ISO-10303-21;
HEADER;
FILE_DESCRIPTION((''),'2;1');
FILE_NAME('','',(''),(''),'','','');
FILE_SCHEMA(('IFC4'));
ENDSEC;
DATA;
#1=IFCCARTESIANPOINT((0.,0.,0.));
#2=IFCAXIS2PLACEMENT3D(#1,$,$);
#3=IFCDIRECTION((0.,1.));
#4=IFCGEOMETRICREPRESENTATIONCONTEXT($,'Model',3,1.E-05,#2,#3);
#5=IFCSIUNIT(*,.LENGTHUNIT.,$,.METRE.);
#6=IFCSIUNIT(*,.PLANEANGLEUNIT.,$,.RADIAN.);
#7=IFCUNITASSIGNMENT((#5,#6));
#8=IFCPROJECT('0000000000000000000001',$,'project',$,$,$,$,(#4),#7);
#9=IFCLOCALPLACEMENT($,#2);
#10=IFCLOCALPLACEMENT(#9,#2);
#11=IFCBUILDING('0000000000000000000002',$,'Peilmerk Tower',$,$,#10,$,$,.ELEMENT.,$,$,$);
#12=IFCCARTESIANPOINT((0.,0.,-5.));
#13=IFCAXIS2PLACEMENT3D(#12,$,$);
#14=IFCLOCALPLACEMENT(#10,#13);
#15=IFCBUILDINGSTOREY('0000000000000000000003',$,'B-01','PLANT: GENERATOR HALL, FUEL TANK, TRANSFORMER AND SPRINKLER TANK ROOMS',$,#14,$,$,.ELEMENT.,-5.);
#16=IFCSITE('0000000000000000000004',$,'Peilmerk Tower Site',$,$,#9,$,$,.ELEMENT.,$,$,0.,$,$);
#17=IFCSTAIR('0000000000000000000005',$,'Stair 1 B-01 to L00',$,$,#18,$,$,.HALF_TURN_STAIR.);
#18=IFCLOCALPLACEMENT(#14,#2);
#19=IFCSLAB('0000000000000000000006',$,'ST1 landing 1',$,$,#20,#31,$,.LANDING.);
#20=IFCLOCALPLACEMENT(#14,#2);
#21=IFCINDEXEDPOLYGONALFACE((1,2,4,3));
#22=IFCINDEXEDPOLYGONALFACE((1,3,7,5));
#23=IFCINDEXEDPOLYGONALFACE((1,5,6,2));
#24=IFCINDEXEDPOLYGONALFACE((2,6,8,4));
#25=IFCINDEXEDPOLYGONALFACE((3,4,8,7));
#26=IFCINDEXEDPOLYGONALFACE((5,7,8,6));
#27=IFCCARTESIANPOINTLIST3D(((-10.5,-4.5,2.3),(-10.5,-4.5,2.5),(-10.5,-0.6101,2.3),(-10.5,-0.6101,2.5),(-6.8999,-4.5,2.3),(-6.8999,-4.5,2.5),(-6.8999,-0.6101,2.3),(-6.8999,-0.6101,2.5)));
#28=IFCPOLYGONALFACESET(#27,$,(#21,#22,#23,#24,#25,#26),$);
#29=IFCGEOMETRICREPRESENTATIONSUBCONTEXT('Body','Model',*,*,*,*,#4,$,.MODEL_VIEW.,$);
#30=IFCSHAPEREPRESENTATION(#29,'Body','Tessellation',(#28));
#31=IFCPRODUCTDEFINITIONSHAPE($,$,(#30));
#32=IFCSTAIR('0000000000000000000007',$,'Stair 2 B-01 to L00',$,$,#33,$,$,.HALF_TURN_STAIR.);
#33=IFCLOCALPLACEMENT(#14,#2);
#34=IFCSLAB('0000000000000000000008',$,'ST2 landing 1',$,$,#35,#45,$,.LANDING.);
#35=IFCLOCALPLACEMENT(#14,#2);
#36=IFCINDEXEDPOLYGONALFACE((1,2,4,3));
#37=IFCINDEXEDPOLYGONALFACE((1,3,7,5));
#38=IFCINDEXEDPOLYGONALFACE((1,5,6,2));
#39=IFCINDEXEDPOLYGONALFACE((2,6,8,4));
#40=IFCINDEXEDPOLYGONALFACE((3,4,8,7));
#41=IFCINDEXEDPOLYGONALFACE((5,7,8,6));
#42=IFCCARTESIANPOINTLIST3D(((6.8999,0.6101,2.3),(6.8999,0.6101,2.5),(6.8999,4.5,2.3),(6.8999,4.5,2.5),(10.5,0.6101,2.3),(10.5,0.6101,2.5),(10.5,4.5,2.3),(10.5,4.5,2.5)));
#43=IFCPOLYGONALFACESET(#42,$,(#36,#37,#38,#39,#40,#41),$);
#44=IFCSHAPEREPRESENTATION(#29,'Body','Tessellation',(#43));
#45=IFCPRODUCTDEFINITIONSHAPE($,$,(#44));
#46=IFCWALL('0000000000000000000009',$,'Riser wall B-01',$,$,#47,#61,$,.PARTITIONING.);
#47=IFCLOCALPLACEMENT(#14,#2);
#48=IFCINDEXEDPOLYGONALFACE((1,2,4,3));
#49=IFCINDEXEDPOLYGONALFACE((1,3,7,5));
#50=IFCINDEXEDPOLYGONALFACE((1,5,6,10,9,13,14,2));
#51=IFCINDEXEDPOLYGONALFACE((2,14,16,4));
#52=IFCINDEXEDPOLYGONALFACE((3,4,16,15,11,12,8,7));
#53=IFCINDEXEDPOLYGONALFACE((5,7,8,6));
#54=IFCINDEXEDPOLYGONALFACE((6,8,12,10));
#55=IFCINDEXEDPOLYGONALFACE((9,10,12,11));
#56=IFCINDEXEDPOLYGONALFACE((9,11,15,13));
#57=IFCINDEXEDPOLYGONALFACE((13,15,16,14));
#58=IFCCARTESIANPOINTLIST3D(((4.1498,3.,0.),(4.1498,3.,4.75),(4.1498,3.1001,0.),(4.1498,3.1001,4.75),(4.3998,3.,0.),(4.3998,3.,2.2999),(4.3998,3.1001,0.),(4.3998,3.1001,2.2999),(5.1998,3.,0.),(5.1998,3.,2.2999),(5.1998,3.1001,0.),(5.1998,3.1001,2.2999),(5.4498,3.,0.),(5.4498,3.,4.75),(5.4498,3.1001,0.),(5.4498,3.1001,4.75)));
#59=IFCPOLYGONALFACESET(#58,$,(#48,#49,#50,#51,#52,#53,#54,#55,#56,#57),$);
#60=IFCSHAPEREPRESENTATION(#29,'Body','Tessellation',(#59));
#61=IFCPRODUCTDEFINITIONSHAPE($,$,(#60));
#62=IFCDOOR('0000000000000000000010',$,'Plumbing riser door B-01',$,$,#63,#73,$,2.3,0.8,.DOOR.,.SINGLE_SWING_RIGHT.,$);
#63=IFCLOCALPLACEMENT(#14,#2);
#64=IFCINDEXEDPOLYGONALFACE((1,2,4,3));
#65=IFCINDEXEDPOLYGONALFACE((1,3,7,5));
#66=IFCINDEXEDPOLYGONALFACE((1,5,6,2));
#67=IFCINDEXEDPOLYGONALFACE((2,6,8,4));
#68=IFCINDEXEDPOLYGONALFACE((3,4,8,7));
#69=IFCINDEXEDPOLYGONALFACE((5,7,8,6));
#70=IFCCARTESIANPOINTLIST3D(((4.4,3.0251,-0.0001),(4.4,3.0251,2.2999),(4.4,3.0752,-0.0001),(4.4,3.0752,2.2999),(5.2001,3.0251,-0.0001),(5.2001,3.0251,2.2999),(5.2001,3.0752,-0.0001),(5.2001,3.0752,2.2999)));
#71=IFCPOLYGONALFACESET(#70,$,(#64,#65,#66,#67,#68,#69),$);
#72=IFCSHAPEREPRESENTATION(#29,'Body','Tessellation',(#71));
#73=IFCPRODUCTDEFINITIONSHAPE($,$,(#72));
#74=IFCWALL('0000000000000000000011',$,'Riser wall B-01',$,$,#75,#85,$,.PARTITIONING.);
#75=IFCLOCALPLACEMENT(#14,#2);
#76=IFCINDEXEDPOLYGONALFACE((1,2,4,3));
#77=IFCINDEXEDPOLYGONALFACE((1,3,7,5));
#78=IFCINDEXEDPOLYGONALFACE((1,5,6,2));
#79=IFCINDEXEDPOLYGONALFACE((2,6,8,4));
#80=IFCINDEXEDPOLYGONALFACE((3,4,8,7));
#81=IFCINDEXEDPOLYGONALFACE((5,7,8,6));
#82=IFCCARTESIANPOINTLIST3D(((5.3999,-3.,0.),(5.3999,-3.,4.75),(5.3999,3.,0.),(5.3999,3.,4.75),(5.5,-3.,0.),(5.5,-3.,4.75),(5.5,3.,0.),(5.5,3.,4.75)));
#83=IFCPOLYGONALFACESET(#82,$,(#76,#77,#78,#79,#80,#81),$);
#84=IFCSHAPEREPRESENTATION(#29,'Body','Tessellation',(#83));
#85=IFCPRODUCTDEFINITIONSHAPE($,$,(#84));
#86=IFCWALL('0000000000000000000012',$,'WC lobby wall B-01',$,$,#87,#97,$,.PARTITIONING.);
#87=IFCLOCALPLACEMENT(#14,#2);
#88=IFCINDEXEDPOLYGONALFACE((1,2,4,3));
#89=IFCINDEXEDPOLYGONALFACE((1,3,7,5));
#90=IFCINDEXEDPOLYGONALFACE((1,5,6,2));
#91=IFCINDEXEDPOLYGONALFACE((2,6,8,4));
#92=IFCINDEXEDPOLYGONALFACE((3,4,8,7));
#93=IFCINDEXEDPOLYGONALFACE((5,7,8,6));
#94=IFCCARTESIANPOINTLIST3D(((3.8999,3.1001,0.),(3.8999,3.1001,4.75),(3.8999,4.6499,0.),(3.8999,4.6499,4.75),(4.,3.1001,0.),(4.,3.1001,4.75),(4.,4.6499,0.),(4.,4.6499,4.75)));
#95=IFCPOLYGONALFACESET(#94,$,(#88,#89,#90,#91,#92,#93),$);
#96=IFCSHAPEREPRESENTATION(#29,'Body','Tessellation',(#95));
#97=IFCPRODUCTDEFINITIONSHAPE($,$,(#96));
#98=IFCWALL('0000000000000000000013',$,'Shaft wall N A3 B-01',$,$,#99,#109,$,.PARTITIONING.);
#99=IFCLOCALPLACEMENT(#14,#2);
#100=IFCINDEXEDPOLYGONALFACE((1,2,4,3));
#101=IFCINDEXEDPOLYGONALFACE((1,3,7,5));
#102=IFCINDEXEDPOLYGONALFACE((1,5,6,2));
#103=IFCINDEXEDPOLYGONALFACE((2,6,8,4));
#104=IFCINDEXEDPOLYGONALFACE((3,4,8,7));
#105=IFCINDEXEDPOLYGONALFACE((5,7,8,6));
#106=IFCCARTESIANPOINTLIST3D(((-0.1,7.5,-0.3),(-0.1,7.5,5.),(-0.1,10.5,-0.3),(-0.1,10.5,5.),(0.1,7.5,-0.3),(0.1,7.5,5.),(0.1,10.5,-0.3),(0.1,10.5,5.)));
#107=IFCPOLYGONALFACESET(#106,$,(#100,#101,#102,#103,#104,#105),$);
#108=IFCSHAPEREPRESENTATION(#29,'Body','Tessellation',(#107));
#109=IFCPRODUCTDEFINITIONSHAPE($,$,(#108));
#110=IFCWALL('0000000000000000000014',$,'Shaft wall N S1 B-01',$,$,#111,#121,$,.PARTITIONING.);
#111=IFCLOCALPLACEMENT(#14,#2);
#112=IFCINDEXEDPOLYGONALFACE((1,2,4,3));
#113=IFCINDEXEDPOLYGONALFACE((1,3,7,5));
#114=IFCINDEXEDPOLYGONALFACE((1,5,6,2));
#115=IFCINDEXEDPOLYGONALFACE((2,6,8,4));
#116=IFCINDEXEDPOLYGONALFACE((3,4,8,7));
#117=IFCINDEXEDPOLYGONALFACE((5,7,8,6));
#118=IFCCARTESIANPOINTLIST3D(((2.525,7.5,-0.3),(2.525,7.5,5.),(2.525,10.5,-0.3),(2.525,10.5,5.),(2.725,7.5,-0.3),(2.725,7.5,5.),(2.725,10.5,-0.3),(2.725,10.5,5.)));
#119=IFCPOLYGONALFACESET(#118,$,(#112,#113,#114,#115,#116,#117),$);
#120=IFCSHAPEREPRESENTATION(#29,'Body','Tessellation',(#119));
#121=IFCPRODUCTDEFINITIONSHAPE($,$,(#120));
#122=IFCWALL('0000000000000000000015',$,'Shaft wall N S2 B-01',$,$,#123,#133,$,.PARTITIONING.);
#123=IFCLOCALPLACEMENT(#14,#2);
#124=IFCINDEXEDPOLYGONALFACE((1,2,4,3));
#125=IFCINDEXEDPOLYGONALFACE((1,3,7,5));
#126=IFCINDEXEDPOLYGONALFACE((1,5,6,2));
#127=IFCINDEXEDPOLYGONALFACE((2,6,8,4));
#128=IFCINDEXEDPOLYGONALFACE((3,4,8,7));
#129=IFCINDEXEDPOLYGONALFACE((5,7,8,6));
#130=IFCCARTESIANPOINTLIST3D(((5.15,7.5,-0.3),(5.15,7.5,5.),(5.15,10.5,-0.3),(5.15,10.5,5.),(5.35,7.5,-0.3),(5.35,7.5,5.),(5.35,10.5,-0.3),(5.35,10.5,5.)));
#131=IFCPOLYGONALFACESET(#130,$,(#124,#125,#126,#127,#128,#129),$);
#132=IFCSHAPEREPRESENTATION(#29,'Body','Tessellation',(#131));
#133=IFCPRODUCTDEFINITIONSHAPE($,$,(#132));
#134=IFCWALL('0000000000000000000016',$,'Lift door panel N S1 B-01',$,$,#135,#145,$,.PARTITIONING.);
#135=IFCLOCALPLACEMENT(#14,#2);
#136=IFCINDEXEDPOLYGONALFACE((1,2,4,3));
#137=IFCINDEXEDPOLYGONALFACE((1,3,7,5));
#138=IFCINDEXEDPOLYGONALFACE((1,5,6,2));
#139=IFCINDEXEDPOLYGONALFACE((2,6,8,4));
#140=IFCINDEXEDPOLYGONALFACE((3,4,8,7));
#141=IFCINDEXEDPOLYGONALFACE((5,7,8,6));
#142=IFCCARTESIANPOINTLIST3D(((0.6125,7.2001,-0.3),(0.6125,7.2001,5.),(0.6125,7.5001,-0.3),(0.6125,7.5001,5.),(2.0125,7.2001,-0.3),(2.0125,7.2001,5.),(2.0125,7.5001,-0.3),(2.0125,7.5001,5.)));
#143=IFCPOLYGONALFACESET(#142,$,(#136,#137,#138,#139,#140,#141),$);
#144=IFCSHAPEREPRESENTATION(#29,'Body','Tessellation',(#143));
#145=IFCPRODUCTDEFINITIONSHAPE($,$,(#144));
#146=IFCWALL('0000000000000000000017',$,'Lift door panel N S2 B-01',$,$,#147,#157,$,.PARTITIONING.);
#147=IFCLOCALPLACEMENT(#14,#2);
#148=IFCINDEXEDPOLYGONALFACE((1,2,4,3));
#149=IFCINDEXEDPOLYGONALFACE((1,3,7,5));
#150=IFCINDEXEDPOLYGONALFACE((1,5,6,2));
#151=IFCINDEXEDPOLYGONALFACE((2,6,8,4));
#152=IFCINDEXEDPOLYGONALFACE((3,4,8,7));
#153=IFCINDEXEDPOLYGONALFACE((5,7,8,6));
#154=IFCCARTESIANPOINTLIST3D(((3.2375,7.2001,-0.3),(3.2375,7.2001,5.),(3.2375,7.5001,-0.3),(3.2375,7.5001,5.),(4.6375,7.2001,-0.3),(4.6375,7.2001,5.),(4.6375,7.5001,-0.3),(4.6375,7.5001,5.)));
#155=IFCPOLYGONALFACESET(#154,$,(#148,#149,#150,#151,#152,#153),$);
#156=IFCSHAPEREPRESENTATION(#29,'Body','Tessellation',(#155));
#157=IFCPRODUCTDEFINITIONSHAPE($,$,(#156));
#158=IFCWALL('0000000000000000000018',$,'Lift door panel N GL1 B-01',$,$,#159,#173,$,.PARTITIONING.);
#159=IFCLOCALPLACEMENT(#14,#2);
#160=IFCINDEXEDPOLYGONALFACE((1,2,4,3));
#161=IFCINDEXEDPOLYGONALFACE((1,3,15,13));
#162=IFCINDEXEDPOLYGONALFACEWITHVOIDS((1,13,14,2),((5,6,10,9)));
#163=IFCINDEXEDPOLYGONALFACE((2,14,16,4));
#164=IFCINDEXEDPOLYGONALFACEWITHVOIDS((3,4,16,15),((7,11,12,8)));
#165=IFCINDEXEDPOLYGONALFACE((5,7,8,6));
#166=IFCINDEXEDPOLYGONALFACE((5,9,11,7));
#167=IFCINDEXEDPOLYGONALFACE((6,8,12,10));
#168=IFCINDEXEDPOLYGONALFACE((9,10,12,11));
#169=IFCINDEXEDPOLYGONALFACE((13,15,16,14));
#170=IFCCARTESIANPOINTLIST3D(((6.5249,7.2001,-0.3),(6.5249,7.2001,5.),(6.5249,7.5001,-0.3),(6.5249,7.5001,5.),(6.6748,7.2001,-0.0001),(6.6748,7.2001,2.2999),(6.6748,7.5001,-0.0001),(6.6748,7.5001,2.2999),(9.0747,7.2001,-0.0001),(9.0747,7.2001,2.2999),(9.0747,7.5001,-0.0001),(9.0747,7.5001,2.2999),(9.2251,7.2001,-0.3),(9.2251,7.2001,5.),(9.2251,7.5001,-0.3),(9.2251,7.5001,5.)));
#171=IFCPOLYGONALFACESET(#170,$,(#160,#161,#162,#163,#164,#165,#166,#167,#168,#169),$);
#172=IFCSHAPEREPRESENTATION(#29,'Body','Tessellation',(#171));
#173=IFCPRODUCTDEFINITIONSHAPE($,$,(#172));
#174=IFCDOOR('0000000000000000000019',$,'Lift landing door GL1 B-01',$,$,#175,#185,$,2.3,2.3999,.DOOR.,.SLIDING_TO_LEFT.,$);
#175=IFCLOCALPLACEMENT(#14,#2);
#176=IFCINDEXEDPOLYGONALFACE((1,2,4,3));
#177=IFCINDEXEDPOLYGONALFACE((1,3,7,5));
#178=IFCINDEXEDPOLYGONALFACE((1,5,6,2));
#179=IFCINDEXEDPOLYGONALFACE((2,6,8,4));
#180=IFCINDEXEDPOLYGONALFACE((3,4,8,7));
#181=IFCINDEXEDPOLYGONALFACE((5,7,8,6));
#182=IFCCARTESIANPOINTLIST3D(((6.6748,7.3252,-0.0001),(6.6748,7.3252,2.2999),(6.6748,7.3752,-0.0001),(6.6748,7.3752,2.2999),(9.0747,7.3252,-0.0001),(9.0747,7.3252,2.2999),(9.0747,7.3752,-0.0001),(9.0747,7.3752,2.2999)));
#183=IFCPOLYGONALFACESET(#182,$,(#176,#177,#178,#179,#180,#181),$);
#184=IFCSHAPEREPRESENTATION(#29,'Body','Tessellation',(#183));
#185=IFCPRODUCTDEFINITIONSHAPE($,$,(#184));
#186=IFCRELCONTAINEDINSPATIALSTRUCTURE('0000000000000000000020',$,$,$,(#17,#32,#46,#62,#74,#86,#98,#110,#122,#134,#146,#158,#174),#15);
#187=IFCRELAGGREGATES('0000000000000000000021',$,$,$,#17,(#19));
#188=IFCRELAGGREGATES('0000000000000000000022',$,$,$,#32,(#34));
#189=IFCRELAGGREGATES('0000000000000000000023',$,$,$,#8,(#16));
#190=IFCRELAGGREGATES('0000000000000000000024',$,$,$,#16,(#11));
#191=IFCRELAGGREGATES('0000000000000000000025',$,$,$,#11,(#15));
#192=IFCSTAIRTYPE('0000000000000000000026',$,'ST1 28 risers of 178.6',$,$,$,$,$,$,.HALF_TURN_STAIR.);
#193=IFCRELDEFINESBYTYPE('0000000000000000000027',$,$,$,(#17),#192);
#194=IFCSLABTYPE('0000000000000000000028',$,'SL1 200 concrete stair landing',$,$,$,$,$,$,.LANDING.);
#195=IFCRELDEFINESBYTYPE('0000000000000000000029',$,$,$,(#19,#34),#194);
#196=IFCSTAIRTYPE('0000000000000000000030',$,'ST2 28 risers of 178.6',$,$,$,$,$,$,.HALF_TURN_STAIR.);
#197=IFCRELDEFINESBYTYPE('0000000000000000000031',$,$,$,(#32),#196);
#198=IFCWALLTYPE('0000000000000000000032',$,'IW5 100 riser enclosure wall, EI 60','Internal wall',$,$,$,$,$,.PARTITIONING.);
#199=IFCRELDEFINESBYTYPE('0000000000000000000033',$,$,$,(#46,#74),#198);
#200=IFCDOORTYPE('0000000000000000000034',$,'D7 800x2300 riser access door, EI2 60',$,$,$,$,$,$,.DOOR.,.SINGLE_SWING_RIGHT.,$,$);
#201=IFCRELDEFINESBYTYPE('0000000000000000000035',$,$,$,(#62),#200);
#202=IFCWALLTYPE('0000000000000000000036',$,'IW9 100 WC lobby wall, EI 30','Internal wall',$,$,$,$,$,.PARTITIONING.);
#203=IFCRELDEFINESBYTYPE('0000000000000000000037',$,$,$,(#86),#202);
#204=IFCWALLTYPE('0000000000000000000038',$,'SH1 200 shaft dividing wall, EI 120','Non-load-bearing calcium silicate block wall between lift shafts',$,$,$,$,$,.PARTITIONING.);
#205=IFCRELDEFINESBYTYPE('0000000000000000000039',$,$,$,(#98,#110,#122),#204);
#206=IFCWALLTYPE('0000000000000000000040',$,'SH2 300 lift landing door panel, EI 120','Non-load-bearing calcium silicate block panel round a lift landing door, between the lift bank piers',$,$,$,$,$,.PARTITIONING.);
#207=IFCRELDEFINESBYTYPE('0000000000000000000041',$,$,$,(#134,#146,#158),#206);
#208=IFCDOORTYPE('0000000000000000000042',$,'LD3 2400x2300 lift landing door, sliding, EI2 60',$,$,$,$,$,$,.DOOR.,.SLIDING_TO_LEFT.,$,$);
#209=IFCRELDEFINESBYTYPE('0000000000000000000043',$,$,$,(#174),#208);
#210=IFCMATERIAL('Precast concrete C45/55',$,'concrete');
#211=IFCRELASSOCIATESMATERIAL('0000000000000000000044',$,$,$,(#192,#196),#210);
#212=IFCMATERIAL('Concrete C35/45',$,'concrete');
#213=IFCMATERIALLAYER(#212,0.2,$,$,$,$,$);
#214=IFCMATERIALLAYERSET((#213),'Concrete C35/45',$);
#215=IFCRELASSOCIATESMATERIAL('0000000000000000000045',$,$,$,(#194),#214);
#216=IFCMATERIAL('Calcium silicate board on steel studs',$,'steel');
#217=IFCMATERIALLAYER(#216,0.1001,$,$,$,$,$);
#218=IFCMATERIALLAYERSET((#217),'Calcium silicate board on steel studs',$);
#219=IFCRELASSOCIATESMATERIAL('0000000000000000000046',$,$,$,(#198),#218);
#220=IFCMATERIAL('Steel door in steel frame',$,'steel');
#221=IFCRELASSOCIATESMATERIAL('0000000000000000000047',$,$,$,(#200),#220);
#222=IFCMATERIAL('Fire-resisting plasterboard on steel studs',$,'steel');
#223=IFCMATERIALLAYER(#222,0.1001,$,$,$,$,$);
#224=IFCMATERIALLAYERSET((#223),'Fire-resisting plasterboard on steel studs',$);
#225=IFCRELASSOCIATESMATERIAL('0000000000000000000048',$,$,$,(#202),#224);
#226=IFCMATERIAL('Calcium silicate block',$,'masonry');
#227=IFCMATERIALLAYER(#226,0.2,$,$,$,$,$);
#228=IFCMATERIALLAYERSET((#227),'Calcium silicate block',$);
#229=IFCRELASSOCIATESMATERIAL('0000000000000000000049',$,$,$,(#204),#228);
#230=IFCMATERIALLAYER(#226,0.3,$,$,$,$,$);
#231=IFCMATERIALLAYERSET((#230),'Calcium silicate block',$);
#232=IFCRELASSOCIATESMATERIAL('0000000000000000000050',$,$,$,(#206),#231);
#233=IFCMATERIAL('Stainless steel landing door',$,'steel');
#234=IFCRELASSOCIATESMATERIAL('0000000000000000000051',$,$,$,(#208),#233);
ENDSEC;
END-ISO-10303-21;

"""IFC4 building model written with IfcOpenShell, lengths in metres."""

from ifc_helpers import new_model, si_unit, direction, frame, frame_2d, origin, place, context, subcontext, project, spatial, polyline, rectangle, outline, extrude, material, layer, layer_set, type_object, element, fill, aggregate, save


model = new_model("IFC4")

# Units and contexts
model_context = context("Model", 3, precision=1e-05, world=origin(), true_north=direction((0.0, 1.0)))
body_context = subcontext(model_context, "Body", "Model", "MODEL_VIEW")
ifc_project = project(units=[si_unit("LENGTHUNIT", "METRE"), si_unit("PLANEANGLEUNIT", "RADIAN")], contexts=[model_context])

# Site, building, storey
site_placement = place(None, origin())
site = spatial("IfcSite", under=ifc_project, at=site_placement, Name="Peilmerk Tower Site", CompositionType="ELEMENT", RefElevation=0.0)
building_placement = place(site_placement, origin())
building = spatial("IfcBuilding", under=site, at=building_placement, Name="Peilmerk Tower", CompositionType="ELEMENT")
storey_placement = place(building_placement, frame((0.0, 0.0, -5.0)))
storey = spatial("IfcBuildingStorey", under=building, at=storey_placement, Name="B-01", Description="PLANT: GENERATOR HALL, FUEL TANK, TRANSFORMER AND SPRINKLER TANK ROOMS", CompositionType="ELEMENT", Elevation=-5.0)

# Stairs, slabs
ifc_material_1 = material(Name="Precast concrete C45/55", Category="concrete")
stair_type_1 = type_object("IfcStairType", Name="ST1 28 risers of 178.6", PredefinedType="HALF_TURN_STAIR", material=ifc_material_1)
stair_1_placement = place(storey_placement, origin())
stair_1 = element("IfcStair", 1, at=stair_1_placement, inside=storey, type_object=stair_type_1, Name="Stair 1 B-01 to L00", PredefinedType="HALF_TURN_STAIR")
ifc_material_2 = material(Name="Concrete C35/45", Category="concrete")
ifc_layer_1 = layer(ifc_material_2, 0.2)
ifc_layer_set_1 = layer_set([ifc_layer_1], Name="Concrete C35/45")
slab_type_1 = type_object("IfcSlabType", Name="SL1 200 concrete stair landing", PredefinedType="LANDING", material=ifc_layer_set_1)
slab_1_placement = place(storey_placement, frame((0.0, 0.0, 2.3)))
slab_1 = element("IfcSlab", 2, at=slab_1_placement, type_object=slab_type_1, Name="ST1 landing 1", PredefinedType="LANDING", context=body_context, shape_type="SweptSolid", body=[
    extrude(outline(polyline([(-10.5, -4.5), (-6.8999, -4.5), (-6.8999, -0.6101), (-10.5, -0.6101), (-10.5, -4.5)])), origin(), (0.0, 0.0, 1.0), 0.2),
])
aggregate(stair_1, [slab_1])
stair_type_2 = type_object("IfcStairType", Name="ST2 28 risers of 178.6", PredefinedType="HALF_TURN_STAIR", material=ifc_material_1)
stair_2_placement = place(storey_placement, origin())
stair_2 = element("IfcStair", 3, at=stair_2_placement, inside=storey, type_object=stair_type_2, Name="Stair 2 B-01 to L00", PredefinedType="HALF_TURN_STAIR")
slab_2_placement = place(storey_placement, frame((0.0, 0.0, 2.3)))
slab_2 = element("IfcSlab", 4, at=slab_2_placement, type_object=slab_type_1, Name="ST2 landing 1", PredefinedType="LANDING", context=body_context, shape_type="SweptSolid", body=[
    extrude(outline(polyline([(6.8999, 0.6101), (10.5, 0.6101), (10.5, 4.5), (6.8999, 4.5), (6.8999, 0.6101)])), origin(), (0.0, 0.0, 1.0), 0.2),
])
aggregate(stair_2, [slab_2])

# Wall, opening, door
ifc_material_3 = material(Name="Calcium silicate board on steel studs", Category="steel")
ifc_layer_2 = layer(ifc_material_3, 0.1001)
ifc_layer_set_2 = layer_set([ifc_layer_2], Name="Calcium silicate board on steel studs")
wall_type_1 = type_object("IfcWallType", Name="IW5 100 riser enclosure wall, EI 60", Description="Internal wall", PredefinedType="PARTITIONING", material=ifc_layer_set_2)
wall_1_placement = place(storey_placement, frame((4.1499, 3.05, 0.0), z_axis=(0.0, 0.0, 1.0), x_axis=(1.0, 0.0, 0.0)))
wall_1 = element("IfcWall", 5, at=wall_1_placement, inside=storey, type_object=wall_type_1, Name="Riser wall B-01", PredefinedType="PARTITIONING", context=body_context, shape_type="SweptSolid", body=[
    extrude(rectangle(XDim=1.3, YDim=0.1001, at=frame_2d((0.6499, 0.0))), origin(), (0.0, 0.0, 1.0), 4.75),
])
opening_1_placement = place(wall_1_placement, frame((0.25, 0.0, 0.0)))
opening_1 = element("IfcOpeningElement", 6, at=opening_1_placement, cuts=wall_1, PredefinedType="OPENING", context=body_context, shape_type="SweptSolid", body=[
    extrude(rectangle(XDim=0.8, YDim=2.3, at=frame_2d((0.3999, 1.1499))), frame((0.0, 0.0601, 0.0), z_axis=(0.0, -1.0, 0.0), x_axis=(1.0, 0.0, 0.0)), (0.0, 0.0, 1.0), 0.1201),
])
ifc_material_4 = material(Name="Steel door in steel frame", Category="steel")
door_type_1 = type_object("IfcDoorType", Name="D7 800x2300 riser access door, EI2 60", OperationType="SINGLE_SWING_RIGHT", PredefinedType="DOOR", material=ifc_material_4)
door_1_placement = place(opening_1_placement, frame((0.8, 0.0, 0.0), z_axis=(0.0, 0.0, 1.0), x_axis=(-1.0, 0.0, 0.0)))
door_1 = element("IfcDoor", 7, at=door_1_placement, inside=storey, type_object=door_type_1, Name="Plumbing riser door B-01", OperationType="SINGLE_SWING_RIGHT", OverallHeight=2.3, OverallWidth=0.8, PredefinedType="DOOR", context=body_context, shape_type="SweptSolid", body=[
    extrude(rectangle(XDim=0.8, YDim=2.3, at=frame_2d((0.3999, 1.1499))), frame((0.0, 0.0249, 0.0), z_axis=(0.0, -1.0, 0.0), x_axis=(1.0, 0.0, 0.0)), (0.0, 0.0, 1.0), 0.05),
])
fill(opening_1, door_1)

# Walls
wall_2_placement = place(storey_placement, frame((5.45, 3.0, 0.0), z_axis=(0.0, 0.0, 1.0), x_axis=(0.0, -1.0, 0.0)))
element("IfcWall", 8, at=wall_2_placement, inside=storey, type_object=wall_type_1, Name="Riser wall B-01", PredefinedType="PARTITIONING", context=body_context, shape_type="SweptSolid", body=[
    extrude(rectangle(XDim=6.0, YDim=0.1001, at=frame_2d((3.0, 0.0))), origin(), (0.0, 0.0, 1.0), 4.75),
])
ifc_material_5 = material(Name="Fire-resisting plasterboard on steel studs", Category="steel")
ifc_layer_3 = layer(ifc_material_5, 0.1001)
ifc_layer_set_3 = layer_set([ifc_layer_3], Name="Fire-resisting plasterboard on steel studs")
wall_type_2 = type_object("IfcWallType", Name="IW9 100 WC lobby wall, EI 30", Description="Internal wall", PredefinedType="PARTITIONING", material=ifc_layer_set_3)
wall_3_placement = place(storey_placement, frame((3.95, 3.1001, 0.0), z_axis=(0.0, 0.0, 1.0), x_axis=(0.0, 1.0, 0.0)))
element("IfcWall", 9, at=wall_3_placement, inside=storey, type_object=wall_type_2, Name="WC lobby wall B-01", PredefinedType="PARTITIONING", context=body_context, shape_type="SweptSolid", body=[
    extrude(rectangle(XDim=1.5498, YDim=0.1001, at=frame_2d((0.7749, 0.0))), origin(), (0.0, 0.0, 1.0), 4.75),
])
ifc_material_6 = material(Name="Calcium silicate block", Category="masonry")
ifc_layer_4 = layer(ifc_material_6, 0.2)
ifc_layer_set_4 = layer_set([ifc_layer_4], Name="Calcium silicate block")
wall_type_3 = type_object("IfcWallType", Name="SH1 200 shaft dividing wall, EI 120", Description="Non-load-bearing calcium silicate block wall between lift shafts", PredefinedType="PARTITIONING", material=ifc_layer_set_4)
for number, where, z_axis, x_axis, name in (
    (10, (0.0, 7.5, -0.3), (0.0, 0.0, 1.0), (0.0, 1.0, 0.0), "Shaft wall N A3 B-01"),
    (11, (2.625, 7.5, -0.3), (0.0, 0.0, 1.0), (0.0, 1.0, 0.0), "Shaft wall N S1 B-01"),
    (12, (5.25, 7.5, -0.3), (0.0, 0.0, 1.0), (0.0, 1.0, 0.0), "Shaft wall N S2 B-01"),
):
    element("IfcWall", number, at=place(storey_placement, frame(where, z_axis=z_axis, x_axis=x_axis)), inside=storey, type_object=wall_type_3, Name=name, PredefinedType="PARTITIONING", context=body_context, shape_type="SweptSolid", body=[
        extrude(rectangle(XDim=3.0, YDim=0.2, at=frame_2d((1.5, 0.0))), origin(), (0.0, 0.0, 1.0), 5.3),
    ])
ifc_layer_5 = layer(ifc_material_6, 0.3)
ifc_layer_set_5 = layer_set([ifc_layer_5], Name="Calcium silicate block")
wall_type_4 = type_object("IfcWallType", Name="SH2 300 lift landing door panel, EI 120", Description="Non-load-bearing calcium silicate block panel round a lift landing door, between the lift bank piers", PredefinedType="PARTITIONING", material=ifc_layer_set_5)
for number, where, z_axis, x_axis, name in (
    (13, (0.6125, 7.3501, -0.3), (0.0, 0.0, 1.0), (1.0, 0.0, 0.0), "Lift door panel N S1 B-01"),
    (14, (3.2375, 7.3501, -0.3), (0.0, 0.0, 1.0), (1.0, 0.0, 0.0), "Lift door panel N S2 B-01"),
):
    element("IfcWall", number, at=place(storey_placement, frame(where, z_axis=z_axis, x_axis=x_axis)), inside=storey, type_object=wall_type_4, Name=name, PredefinedType="PARTITIONING", context=body_context, shape_type="SweptSolid", body=[
        extrude(rectangle(XDim=1.3999, YDim=0.3, at=frame_2d((0.7, 0.0))), origin(), (0.0, 0.0, 1.0), 5.3),
    ])

# Wall, opening, door
wall_4_placement = place(storey_placement, frame((6.5249, 7.3501, -0.3), z_axis=(0.0, 0.0, 1.0), x_axis=(1.0, 0.0, 0.0)))
wall_4 = element("IfcWall", 15, at=wall_4_placement, inside=storey, type_object=wall_type_4, Name="Lift door panel N GL1 B-01", PredefinedType="PARTITIONING", context=body_context, shape_type="SweptSolid", body=[
    extrude(rectangle(XDim=2.7002, YDim=0.3, at=frame_2d((1.3501, 0.0))), origin(), (0.0, 0.0, 1.0), 5.3),
])
opening_2_placement = place(wall_4_placement, frame((0.1499, 0.0, 0.3)))
opening_2 = element("IfcOpeningElement", 16, at=opening_2_placement, cuts=wall_4, PredefinedType="OPENING", context=body_context, shape_type="SweptSolid", body=[
    extrude(rectangle(XDim=2.3999, YDim=2.3, at=frame_2d((1.2, 1.1499))), frame((0.0, 0.1599, 0.0), z_axis=(0.0, -1.0, 0.0), x_axis=(1.0, 0.0, 0.0)), (0.0, 0.0, 1.0), 0.3201),
])
ifc_material_7 = material(Name="Stainless steel landing door", Category="steel")
door_type_2 = type_object("IfcDoorType", Name="LD3 2400x2300 lift landing door, sliding, EI2 60", OperationType="SLIDING_TO_LEFT", PredefinedType="DOOR", material=ifc_material_7)
door_2_placement = place(opening_2_placement, frame((2.3999, 0.0, 0.0), z_axis=(0.0, 0.0, 1.0), x_axis=(-1.0, 0.0, 0.0)))
door_2 = element("IfcDoor", 17, at=door_2_placement, inside=storey, type_object=door_type_2, Name="Lift landing door GL1 B-01", OperationType="SLIDING_TO_LEFT", OverallHeight=2.3, OverallWidth=2.3999, PredefinedType="DOOR", context=body_context, shape_type="SweptSolid", body=[
    extrude(rectangle(XDim=2.3999, YDim=2.3, at=frame_2d((1.2, 1.1499))), frame((0.0, 0.0249, 0.0), z_axis=(0.0, -1.0, 0.0), x_axis=(1.0, 0.0, 0.0)), (0.0, 0.0, 1.0), 0.05),
])
fill(opening_2, door_2)

save(model, "model.ifc")
